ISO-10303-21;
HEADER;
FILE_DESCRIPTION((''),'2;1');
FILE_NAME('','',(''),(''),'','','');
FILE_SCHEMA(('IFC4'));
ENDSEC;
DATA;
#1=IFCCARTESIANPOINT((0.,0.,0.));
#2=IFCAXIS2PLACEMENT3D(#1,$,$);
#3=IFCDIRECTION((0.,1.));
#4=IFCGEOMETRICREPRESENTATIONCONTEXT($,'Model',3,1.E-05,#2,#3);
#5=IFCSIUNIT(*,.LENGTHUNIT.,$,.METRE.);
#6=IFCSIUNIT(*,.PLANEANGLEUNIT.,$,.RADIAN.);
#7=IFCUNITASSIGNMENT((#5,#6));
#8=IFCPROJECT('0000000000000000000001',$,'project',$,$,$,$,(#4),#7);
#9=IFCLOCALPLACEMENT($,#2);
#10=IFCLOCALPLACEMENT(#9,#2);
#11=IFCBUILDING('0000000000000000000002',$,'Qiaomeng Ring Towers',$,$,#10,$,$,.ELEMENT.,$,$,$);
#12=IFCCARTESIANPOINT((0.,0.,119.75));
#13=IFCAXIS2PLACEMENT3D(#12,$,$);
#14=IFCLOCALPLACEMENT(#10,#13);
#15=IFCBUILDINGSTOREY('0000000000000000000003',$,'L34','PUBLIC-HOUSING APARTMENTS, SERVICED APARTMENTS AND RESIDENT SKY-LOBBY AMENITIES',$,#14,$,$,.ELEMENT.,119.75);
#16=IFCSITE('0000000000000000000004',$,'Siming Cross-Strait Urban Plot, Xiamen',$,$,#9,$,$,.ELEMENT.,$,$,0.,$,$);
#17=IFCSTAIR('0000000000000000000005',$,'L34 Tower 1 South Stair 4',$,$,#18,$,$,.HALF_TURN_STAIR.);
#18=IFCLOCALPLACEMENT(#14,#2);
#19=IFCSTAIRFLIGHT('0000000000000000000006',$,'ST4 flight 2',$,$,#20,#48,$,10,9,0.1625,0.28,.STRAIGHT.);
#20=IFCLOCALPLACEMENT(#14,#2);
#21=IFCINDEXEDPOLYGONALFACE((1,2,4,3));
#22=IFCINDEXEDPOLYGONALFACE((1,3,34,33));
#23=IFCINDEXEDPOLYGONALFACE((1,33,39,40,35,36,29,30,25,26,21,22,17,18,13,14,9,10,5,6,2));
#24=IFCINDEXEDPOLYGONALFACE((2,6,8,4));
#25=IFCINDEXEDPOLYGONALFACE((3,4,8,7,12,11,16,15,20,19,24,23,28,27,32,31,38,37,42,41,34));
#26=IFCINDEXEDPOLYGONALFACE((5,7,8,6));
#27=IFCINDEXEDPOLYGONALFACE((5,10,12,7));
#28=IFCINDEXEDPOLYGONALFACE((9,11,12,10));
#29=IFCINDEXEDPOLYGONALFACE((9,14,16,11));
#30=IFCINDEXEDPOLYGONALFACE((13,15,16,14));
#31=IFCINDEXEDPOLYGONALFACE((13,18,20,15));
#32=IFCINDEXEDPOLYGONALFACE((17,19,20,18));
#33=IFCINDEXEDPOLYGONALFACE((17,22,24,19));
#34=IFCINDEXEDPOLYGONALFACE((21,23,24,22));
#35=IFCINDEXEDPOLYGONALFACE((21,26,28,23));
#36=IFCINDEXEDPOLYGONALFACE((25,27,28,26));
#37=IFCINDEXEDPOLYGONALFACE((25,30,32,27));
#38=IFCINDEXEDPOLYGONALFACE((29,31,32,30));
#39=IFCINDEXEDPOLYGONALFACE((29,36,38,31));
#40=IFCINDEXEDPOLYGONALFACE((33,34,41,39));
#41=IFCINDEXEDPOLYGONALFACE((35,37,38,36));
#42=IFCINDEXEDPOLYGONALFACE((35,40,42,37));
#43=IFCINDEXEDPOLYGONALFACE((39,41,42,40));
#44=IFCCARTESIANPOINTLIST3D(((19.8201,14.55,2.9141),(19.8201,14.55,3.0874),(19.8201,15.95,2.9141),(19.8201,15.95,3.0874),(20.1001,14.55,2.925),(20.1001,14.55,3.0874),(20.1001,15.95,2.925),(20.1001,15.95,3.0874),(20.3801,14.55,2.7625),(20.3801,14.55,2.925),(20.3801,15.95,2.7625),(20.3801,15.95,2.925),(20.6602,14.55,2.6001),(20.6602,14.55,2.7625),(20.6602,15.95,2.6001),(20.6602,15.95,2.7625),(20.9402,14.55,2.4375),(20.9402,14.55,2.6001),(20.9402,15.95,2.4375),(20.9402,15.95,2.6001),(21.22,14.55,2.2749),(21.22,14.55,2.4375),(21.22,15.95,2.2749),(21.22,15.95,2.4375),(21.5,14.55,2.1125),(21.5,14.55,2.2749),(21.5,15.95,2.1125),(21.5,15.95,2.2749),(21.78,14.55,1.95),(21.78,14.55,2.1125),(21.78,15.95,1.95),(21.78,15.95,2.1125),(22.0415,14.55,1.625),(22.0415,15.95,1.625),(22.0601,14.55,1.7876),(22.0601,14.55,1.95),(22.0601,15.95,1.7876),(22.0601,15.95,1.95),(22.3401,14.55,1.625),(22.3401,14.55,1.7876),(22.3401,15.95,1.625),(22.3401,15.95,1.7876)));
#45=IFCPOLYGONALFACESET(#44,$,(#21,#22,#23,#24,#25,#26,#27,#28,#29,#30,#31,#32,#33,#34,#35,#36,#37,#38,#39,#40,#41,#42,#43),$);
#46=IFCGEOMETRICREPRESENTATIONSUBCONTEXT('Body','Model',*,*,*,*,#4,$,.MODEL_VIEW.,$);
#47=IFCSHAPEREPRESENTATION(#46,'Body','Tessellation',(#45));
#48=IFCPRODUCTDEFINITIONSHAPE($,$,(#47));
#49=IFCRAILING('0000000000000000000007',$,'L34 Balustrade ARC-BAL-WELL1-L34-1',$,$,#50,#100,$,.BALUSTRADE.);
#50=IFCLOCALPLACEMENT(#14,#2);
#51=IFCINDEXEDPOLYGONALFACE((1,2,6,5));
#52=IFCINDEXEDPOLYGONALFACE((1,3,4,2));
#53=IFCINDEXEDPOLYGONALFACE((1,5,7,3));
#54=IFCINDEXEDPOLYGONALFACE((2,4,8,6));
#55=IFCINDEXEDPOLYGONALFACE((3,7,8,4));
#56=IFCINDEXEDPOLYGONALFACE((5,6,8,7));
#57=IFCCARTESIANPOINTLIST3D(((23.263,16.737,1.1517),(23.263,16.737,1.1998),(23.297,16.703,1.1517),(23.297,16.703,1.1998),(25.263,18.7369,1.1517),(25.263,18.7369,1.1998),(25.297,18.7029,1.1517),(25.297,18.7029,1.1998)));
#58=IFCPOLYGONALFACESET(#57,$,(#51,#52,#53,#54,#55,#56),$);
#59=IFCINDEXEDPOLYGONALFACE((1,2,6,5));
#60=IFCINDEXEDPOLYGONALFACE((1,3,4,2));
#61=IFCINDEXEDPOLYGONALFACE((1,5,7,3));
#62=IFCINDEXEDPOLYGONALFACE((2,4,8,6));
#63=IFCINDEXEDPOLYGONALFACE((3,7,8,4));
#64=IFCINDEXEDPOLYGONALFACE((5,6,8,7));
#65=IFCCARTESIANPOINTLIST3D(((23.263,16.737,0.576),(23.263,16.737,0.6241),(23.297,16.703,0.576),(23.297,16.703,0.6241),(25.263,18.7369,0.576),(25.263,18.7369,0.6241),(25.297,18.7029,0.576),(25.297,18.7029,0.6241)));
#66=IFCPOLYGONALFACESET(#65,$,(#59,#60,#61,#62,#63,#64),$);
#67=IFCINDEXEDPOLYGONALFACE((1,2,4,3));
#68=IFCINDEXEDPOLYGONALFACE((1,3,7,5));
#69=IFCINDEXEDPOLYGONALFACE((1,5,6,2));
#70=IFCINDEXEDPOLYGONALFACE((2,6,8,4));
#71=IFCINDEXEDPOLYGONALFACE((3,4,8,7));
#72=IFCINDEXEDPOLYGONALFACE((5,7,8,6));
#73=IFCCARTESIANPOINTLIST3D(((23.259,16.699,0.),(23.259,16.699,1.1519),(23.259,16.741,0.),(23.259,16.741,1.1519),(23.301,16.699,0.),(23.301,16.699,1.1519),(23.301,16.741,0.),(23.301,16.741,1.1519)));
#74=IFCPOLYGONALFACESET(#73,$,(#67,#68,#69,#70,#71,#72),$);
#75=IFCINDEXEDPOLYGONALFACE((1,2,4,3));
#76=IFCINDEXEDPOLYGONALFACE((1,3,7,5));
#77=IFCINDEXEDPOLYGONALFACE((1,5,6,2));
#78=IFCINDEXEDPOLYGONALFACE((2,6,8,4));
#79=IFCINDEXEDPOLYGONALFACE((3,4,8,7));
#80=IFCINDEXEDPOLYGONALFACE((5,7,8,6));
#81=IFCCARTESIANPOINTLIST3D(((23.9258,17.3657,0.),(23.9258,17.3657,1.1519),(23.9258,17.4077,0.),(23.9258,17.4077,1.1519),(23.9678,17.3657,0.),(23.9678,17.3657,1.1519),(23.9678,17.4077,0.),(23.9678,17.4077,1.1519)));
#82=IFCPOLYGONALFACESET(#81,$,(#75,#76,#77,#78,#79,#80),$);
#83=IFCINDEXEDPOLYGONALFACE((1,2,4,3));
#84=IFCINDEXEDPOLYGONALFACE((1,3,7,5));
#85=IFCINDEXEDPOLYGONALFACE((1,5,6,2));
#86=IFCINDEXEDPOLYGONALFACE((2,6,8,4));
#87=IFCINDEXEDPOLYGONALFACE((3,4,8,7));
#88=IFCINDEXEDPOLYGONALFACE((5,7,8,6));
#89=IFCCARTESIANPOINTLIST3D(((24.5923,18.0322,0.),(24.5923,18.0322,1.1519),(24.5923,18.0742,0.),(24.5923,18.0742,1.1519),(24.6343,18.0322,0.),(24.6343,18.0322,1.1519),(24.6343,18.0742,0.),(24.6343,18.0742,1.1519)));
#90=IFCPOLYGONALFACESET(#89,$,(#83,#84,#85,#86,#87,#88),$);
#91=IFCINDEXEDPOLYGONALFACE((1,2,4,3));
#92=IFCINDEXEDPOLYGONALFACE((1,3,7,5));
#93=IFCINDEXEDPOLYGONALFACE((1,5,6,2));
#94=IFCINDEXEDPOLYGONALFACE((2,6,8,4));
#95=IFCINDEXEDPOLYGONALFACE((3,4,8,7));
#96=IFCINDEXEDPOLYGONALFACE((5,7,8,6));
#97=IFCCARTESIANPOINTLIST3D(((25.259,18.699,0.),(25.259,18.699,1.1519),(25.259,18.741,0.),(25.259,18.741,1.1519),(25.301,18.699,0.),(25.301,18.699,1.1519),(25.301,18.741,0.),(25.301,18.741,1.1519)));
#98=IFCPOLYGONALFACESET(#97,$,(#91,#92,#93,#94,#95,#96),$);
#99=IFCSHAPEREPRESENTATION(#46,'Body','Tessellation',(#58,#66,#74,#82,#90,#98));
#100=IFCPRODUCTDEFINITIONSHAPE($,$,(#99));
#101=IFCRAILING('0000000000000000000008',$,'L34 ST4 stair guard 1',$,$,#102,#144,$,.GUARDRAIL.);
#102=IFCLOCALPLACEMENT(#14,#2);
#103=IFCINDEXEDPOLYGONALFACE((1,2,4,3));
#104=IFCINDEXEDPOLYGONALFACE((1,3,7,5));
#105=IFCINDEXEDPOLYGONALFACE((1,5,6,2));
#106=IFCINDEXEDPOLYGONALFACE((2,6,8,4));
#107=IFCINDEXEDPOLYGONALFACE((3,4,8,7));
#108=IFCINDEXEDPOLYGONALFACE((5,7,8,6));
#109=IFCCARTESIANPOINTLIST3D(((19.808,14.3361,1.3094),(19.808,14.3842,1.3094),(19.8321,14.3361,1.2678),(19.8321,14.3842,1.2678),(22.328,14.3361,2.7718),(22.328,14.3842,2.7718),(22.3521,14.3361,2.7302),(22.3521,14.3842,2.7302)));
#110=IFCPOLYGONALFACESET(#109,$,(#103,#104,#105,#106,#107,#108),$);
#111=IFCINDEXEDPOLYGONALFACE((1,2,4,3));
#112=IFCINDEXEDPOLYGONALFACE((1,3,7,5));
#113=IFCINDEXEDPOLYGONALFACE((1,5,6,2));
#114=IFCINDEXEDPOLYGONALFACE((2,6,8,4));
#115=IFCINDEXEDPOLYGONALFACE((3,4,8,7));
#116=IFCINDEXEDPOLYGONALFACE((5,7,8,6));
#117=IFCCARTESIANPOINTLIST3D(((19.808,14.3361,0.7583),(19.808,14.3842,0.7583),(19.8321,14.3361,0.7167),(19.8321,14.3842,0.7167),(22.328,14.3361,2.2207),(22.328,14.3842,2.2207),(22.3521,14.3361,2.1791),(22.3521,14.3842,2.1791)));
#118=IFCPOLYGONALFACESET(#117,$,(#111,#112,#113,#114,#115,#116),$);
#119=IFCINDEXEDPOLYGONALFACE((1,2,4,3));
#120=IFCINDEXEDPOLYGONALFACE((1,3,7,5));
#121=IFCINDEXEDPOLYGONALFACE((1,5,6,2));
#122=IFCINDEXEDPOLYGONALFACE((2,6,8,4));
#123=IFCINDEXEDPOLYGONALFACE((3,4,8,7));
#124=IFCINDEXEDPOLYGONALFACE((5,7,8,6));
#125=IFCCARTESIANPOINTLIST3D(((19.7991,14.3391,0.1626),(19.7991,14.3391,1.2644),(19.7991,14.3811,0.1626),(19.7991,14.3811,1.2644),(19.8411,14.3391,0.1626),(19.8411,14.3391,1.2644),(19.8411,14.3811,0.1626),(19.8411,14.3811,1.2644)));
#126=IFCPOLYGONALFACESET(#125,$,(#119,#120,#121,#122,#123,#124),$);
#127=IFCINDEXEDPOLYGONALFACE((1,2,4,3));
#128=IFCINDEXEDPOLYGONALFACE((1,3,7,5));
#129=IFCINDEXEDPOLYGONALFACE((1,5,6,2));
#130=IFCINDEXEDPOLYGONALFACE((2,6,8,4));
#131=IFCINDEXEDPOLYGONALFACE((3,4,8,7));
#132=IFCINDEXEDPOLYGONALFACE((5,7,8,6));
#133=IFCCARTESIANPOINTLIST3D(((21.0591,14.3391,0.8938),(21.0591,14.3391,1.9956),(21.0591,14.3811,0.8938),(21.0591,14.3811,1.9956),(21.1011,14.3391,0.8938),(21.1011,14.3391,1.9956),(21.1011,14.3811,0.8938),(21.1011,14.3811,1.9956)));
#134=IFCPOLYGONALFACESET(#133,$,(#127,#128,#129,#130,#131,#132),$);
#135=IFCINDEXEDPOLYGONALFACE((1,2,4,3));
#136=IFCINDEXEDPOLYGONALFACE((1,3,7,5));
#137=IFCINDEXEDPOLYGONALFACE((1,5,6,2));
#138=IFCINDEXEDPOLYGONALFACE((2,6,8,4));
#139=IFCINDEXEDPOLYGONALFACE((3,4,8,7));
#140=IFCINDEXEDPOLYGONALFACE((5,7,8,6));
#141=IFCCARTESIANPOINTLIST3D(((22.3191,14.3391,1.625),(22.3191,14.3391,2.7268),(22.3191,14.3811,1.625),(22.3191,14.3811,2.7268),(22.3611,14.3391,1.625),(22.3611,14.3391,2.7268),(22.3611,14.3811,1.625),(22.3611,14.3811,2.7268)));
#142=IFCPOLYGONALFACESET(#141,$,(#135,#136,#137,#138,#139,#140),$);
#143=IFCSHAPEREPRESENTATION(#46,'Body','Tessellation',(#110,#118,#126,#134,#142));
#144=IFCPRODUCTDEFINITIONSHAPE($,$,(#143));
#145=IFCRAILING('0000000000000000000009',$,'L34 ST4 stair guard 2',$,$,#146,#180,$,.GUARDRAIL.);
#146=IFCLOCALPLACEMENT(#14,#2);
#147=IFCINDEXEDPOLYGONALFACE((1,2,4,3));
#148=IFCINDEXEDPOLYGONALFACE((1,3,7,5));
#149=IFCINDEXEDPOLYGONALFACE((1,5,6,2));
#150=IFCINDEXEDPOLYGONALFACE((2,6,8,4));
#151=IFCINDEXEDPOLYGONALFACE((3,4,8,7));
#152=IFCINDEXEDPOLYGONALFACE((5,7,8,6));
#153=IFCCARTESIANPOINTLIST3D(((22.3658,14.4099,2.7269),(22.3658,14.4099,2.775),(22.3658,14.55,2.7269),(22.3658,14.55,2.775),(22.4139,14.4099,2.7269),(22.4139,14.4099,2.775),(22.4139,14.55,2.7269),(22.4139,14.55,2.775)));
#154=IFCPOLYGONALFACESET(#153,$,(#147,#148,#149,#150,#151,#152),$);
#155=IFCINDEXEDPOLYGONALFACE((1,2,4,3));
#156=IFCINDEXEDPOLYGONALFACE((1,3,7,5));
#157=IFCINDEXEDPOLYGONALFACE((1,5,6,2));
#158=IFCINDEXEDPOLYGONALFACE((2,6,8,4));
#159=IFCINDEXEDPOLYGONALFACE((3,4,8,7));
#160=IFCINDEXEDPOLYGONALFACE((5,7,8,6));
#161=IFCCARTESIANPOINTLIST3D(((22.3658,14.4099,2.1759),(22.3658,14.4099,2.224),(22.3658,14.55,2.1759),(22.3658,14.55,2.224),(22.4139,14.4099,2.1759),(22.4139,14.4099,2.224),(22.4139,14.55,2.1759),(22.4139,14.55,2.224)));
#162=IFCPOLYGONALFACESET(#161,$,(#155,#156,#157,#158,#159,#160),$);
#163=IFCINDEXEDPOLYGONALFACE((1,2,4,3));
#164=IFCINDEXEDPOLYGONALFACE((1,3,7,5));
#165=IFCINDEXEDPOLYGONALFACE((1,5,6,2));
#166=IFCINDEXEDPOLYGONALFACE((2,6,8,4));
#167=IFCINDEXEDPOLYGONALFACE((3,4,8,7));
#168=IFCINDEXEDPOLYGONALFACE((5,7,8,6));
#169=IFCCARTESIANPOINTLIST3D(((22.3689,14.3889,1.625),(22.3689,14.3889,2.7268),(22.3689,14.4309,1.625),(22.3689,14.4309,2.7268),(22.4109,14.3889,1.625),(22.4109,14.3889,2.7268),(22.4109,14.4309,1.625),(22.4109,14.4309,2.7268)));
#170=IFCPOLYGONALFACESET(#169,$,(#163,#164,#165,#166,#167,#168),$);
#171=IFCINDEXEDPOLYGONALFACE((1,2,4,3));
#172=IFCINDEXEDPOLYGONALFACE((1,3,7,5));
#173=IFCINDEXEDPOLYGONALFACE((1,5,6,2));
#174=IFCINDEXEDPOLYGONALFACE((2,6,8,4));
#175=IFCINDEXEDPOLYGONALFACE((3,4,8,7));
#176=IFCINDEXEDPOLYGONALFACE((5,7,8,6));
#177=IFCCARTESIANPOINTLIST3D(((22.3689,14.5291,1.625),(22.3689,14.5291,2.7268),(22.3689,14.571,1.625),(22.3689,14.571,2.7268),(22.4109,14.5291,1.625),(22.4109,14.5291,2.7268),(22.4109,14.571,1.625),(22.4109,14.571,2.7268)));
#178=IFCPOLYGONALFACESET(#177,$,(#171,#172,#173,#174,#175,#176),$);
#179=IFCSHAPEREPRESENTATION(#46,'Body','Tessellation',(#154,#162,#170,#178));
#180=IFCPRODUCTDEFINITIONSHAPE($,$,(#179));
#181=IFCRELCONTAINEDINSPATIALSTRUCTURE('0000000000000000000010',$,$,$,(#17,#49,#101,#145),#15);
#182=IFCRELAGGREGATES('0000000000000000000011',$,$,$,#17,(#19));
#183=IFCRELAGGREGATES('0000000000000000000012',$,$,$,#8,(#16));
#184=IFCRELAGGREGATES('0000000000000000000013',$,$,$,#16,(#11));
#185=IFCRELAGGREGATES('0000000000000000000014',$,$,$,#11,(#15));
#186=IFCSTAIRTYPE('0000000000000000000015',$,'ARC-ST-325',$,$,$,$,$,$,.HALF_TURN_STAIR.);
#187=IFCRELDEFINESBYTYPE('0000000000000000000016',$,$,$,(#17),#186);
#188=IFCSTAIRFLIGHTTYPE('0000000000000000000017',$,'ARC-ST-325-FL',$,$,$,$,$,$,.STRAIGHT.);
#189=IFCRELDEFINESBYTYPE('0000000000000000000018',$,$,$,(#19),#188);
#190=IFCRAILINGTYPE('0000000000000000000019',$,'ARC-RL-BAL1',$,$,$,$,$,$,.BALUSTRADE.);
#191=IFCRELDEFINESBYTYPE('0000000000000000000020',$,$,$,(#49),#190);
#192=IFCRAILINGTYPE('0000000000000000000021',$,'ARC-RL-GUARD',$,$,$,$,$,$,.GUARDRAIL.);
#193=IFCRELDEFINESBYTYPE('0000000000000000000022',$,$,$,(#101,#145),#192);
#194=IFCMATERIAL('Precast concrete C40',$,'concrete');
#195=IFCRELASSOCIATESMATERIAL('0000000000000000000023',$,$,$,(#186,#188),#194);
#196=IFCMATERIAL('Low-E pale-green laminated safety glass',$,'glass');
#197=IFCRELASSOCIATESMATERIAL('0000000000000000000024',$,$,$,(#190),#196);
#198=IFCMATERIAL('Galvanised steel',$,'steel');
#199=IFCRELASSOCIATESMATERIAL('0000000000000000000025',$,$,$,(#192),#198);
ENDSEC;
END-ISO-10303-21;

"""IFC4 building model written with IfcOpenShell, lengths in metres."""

from ifc_helpers import new_model, si_unit, direction, frame, origin, origin_2d, place, context, subcontext, project, spatial, polyline, rectangle, outline, extrude, source, transform, mapped, material, type_object, element, aggregate, save


model = new_model("IFC4")

# Units and contexts
model_context = context("Model", 3, precision=1e-05, world=origin(), true_north=direction((0.0, 1.0)))
body_context = subcontext(model_context, "Body", "Model", "MODEL_VIEW")
ifc_project = project(units=[si_unit("LENGTHUNIT", "METRE"), si_unit("PLANEANGLEUNIT", "RADIAN")], contexts=[model_context])

# Site, building, storey
site_placement = place(None, origin())
site = spatial("IfcSite", under=ifc_project, at=site_placement, Name="Siming Cross-Strait Urban Plot, Xiamen", CompositionType="ELEMENT", RefElevation=0.0)
building_placement = place(site_placement, origin())
building = spatial("IfcBuilding", under=site, at=building_placement, Name="Qiaomeng Ring Towers", CompositionType="ELEMENT")
storey_placement = place(building_placement, frame((0.0, 0.0, 119.75)))
storey = spatial("IfcBuildingStorey", under=building, at=storey_placement, Name="L34", Description="PUBLIC-HOUSING APARTMENTS, SERVICED APARTMENTS AND RESIDENT SKY-LOBBY AMENITIES", CompositionType="ELEMENT", Elevation=119.75)

# Shared definitions
ifc_material_1 = material(Name="Galvanised steel", Category="steel")

# Stair, stair flight
ifc_material_2 = material(Name="Precast concrete C40", Category="concrete")
stair_type = type_object("IfcStairType", Name="ARC-ST-325", PredefinedType="HALF_TURN_STAIR", material=ifc_material_2)
stair_placement = place(storey_placement, origin())
stair = element("IfcStair", 1, at=stair_placement, inside=storey, type_object=stair_type, Name="L34 Tower 1 South Stair 4", PredefinedType="HALF_TURN_STAIR")
stair_flight_type = type_object("IfcStairFlightType", Name="ARC-ST-325-FL", PredefinedType="STRAIGHT", material=ifc_material_2)
shared_shape_1 = source(origin(), body_context, "Body", "SweptSolid", [
    extrude(outline(polyline([(0.0, 0.0), (0.0, 0.1626), (0.28, 0.1626), (0.28, 0.325), (0.5601, 0.325), (0.5601, 0.4875), (0.8401, 0.4875), (0.8401, 0.6499), (1.1201, 0.6499), (1.1201, 0.8125), (1.3999, 0.8125), (1.3999, 0.9751), (1.6799, 0.9751), (1.6799, 1.1375), (1.96, 1.1375), (1.96, 1.3), (2.24, 1.3), (2.24, 1.4624), (2.52, 1.4624), (2.52, 1.625), (2.52, 1.2891), (0.2986, 0.0), (0.0, 0.0)])), frame((0.0, 0.7, 0.0), z_axis=(0.0, -1.0, 0.0), x_axis=(1.0, 0.0, 0.0)), (0.0, 0.0, 1.0), 1.3999),
])
stair_flight_1_placement = place(storey_placement, frame((22.3401, 15.25, 1.625), z_axis=(0.0, 0.0, 1.0), x_axis=(-1.0, 0.0, 0.0)))
stair_flight_1 = element("IfcStairFlight", 2, at=stair_flight_1_placement, type_object=stair_flight_type, Name="ST4 flight 2", NumberOfRisers=10, NumberOfTreads=9, PredefinedType="STRAIGHT", RiserHeight=0.1625, TreadLength=0.28, context=body_context, shape_type="MappedRepresentation", body=[
    mapped(shared_shape_1, transform((0.0, 0.0, 0.0), x_axis=(1.0, 0.0, 0.0), y_axis=(0.0, 1.0, 0.0), z_axis=(0.0, 0.0, 1.0), scale=1.0)),
])
aggregate(stair, [stair_flight_1])

# Railings
ifc_material_3 = material(Name="Low-E pale-green laminated safety glass", Category="glass")
railing_type_1 = type_object("IfcRailingType", Name="ARC-RL-BAL1", PredefinedType="BALUSTRADE", material=ifc_material_3)
railing_1_placement = place(storey_placement, frame((23.28, 16.72, 0.0)))
element("IfcRailing", 3, at=railing_1_placement, inside=storey, type_object=railing_type_1, Name="L34 Balustrade ARC-BAL-WELL1-L34-1", PredefinedType="BALUSTRADE", context=body_context, shape_type="SweptSolid", body=[
    extrude(rectangle(XDim=0.0481, YDim=0.0481, at=origin_2d()), frame((0.0, 0.0, 1.1758), z_axis=(0.707107, 0.707107, 0.0), x_axis=(-0.707107, 0.707107, 0.0)), (0.0, 0.0, 1.0), 2.8284),
    extrude(rectangle(XDim=0.0481, YDim=0.0481, at=origin_2d()), frame((0.0, 0.0, 0.6001), z_axis=(0.707107, 0.707107, 0.0), x_axis=(-0.707107, 0.707107, 0.0)), (0.0, 0.0, 1.0), 2.8284),
    extrude(rectangle(XDim=0.042, YDim=0.042, at=origin_2d()), origin(), (0.0, 0.0, 1.0), 1.1519),
    extrude(rectangle(XDim=0.042, YDim=0.042, at=origin_2d()), frame((0.6667, 0.6667, 0.0)), (0.0, 0.0, 1.0), 1.1519),
    extrude(rectangle(XDim=0.042, YDim=0.042, at=origin_2d()), frame((1.3333, 1.3333, 0.0)), (0.0, 0.0, 1.0), 1.1519),
    extrude(rectangle(XDim=0.042, YDim=0.042, at=origin_2d()), frame((2.0, 2.0, 0.0)), (0.0, 0.0, 1.0), 1.1519),
])
railing_type_2 = type_object("IfcRailingType", Name="ARC-RL-GUARD", PredefinedType="GUARDRAIL", material=ifc_material_1)
railing_2_placement = place(storey_placement, frame((19.8201, 14.3601, 0.1626)))
element("IfcRailing", 4, at=railing_2_placement, inside=storey, type_object=railing_type_2, Name="L34 ST4 stair guard 1", PredefinedType="GUARDRAIL", context=body_context, shape_type="SweptSolid", body=[
    extrude(rectangle(XDim=0.0481, YDim=0.0481, at=origin_2d()), frame((0.0, 0.0, 1.126), z_axis=(0.864913, 0.0, 0.501921), x_axis=(0.0, 1.0, 0.0)), (0.0, 0.0, 1.0), 2.9136),
    extrude(rectangle(XDim=0.0481, YDim=0.0481, at=origin_2d()), frame((0.0, 0.0, 0.575), z_axis=(0.864913, 0.0, 0.501921), x_axis=(0.0, 1.0, 0.0)), (0.0, 0.0, 1.0), 2.9136),
    extrude(rectangle(XDim=0.042, YDim=0.042, at=origin_2d()), origin(), (0.0, 0.0, 1.0), 1.1018),
    extrude(rectangle(XDim=0.042, YDim=0.042, at=origin_2d()), frame((1.26, 0.0, 0.7312)), (0.0, 0.0, 1.0), 1.1018),
    extrude(rectangle(XDim=0.042, YDim=0.042, at=origin_2d()), frame((2.52, 0.0, 1.4624)), (0.0, 0.0, 1.0), 1.1018),
])
railing_3_placement = place(storey_placement, frame((22.3899, 14.4099, 1.625)))
element("IfcRailing", 5, at=railing_3_placement, inside=storey, type_object=railing_type_2, Name="L34 ST4 stair guard 2", PredefinedType="GUARDRAIL", context=body_context, shape_type="SweptSolid", body=[
    extrude(rectangle(XDim=0.0481, YDim=0.0481, at=origin_2d()), frame((0.0, 0.0, 1.126), z_axis=(0.0, 1.0, 0.0), x_axis=(-1.0, 0.0, 0.0)), (0.0, 0.0, 1.0), 0.1401),
    extrude(rectangle(XDim=0.0481, YDim=0.0481, at=origin_2d()), frame((0.0, 0.0, 0.575), z_axis=(0.0, 1.0, 0.0), x_axis=(-1.0, 0.0, 0.0)), (0.0, 0.0, 1.0), 0.1401),
    extrude(rectangle(XDim=0.042, YDim=0.042, at=origin_2d()), origin(), (0.0, 0.0, 1.0), 1.1018),
    extrude(rectangle(XDim=0.042, YDim=0.042, at=origin_2d()), frame((0.0, 0.1401, 0.0)), (0.0, 0.0, 1.0), 1.1018),
])

save(model, "model.ifc")
